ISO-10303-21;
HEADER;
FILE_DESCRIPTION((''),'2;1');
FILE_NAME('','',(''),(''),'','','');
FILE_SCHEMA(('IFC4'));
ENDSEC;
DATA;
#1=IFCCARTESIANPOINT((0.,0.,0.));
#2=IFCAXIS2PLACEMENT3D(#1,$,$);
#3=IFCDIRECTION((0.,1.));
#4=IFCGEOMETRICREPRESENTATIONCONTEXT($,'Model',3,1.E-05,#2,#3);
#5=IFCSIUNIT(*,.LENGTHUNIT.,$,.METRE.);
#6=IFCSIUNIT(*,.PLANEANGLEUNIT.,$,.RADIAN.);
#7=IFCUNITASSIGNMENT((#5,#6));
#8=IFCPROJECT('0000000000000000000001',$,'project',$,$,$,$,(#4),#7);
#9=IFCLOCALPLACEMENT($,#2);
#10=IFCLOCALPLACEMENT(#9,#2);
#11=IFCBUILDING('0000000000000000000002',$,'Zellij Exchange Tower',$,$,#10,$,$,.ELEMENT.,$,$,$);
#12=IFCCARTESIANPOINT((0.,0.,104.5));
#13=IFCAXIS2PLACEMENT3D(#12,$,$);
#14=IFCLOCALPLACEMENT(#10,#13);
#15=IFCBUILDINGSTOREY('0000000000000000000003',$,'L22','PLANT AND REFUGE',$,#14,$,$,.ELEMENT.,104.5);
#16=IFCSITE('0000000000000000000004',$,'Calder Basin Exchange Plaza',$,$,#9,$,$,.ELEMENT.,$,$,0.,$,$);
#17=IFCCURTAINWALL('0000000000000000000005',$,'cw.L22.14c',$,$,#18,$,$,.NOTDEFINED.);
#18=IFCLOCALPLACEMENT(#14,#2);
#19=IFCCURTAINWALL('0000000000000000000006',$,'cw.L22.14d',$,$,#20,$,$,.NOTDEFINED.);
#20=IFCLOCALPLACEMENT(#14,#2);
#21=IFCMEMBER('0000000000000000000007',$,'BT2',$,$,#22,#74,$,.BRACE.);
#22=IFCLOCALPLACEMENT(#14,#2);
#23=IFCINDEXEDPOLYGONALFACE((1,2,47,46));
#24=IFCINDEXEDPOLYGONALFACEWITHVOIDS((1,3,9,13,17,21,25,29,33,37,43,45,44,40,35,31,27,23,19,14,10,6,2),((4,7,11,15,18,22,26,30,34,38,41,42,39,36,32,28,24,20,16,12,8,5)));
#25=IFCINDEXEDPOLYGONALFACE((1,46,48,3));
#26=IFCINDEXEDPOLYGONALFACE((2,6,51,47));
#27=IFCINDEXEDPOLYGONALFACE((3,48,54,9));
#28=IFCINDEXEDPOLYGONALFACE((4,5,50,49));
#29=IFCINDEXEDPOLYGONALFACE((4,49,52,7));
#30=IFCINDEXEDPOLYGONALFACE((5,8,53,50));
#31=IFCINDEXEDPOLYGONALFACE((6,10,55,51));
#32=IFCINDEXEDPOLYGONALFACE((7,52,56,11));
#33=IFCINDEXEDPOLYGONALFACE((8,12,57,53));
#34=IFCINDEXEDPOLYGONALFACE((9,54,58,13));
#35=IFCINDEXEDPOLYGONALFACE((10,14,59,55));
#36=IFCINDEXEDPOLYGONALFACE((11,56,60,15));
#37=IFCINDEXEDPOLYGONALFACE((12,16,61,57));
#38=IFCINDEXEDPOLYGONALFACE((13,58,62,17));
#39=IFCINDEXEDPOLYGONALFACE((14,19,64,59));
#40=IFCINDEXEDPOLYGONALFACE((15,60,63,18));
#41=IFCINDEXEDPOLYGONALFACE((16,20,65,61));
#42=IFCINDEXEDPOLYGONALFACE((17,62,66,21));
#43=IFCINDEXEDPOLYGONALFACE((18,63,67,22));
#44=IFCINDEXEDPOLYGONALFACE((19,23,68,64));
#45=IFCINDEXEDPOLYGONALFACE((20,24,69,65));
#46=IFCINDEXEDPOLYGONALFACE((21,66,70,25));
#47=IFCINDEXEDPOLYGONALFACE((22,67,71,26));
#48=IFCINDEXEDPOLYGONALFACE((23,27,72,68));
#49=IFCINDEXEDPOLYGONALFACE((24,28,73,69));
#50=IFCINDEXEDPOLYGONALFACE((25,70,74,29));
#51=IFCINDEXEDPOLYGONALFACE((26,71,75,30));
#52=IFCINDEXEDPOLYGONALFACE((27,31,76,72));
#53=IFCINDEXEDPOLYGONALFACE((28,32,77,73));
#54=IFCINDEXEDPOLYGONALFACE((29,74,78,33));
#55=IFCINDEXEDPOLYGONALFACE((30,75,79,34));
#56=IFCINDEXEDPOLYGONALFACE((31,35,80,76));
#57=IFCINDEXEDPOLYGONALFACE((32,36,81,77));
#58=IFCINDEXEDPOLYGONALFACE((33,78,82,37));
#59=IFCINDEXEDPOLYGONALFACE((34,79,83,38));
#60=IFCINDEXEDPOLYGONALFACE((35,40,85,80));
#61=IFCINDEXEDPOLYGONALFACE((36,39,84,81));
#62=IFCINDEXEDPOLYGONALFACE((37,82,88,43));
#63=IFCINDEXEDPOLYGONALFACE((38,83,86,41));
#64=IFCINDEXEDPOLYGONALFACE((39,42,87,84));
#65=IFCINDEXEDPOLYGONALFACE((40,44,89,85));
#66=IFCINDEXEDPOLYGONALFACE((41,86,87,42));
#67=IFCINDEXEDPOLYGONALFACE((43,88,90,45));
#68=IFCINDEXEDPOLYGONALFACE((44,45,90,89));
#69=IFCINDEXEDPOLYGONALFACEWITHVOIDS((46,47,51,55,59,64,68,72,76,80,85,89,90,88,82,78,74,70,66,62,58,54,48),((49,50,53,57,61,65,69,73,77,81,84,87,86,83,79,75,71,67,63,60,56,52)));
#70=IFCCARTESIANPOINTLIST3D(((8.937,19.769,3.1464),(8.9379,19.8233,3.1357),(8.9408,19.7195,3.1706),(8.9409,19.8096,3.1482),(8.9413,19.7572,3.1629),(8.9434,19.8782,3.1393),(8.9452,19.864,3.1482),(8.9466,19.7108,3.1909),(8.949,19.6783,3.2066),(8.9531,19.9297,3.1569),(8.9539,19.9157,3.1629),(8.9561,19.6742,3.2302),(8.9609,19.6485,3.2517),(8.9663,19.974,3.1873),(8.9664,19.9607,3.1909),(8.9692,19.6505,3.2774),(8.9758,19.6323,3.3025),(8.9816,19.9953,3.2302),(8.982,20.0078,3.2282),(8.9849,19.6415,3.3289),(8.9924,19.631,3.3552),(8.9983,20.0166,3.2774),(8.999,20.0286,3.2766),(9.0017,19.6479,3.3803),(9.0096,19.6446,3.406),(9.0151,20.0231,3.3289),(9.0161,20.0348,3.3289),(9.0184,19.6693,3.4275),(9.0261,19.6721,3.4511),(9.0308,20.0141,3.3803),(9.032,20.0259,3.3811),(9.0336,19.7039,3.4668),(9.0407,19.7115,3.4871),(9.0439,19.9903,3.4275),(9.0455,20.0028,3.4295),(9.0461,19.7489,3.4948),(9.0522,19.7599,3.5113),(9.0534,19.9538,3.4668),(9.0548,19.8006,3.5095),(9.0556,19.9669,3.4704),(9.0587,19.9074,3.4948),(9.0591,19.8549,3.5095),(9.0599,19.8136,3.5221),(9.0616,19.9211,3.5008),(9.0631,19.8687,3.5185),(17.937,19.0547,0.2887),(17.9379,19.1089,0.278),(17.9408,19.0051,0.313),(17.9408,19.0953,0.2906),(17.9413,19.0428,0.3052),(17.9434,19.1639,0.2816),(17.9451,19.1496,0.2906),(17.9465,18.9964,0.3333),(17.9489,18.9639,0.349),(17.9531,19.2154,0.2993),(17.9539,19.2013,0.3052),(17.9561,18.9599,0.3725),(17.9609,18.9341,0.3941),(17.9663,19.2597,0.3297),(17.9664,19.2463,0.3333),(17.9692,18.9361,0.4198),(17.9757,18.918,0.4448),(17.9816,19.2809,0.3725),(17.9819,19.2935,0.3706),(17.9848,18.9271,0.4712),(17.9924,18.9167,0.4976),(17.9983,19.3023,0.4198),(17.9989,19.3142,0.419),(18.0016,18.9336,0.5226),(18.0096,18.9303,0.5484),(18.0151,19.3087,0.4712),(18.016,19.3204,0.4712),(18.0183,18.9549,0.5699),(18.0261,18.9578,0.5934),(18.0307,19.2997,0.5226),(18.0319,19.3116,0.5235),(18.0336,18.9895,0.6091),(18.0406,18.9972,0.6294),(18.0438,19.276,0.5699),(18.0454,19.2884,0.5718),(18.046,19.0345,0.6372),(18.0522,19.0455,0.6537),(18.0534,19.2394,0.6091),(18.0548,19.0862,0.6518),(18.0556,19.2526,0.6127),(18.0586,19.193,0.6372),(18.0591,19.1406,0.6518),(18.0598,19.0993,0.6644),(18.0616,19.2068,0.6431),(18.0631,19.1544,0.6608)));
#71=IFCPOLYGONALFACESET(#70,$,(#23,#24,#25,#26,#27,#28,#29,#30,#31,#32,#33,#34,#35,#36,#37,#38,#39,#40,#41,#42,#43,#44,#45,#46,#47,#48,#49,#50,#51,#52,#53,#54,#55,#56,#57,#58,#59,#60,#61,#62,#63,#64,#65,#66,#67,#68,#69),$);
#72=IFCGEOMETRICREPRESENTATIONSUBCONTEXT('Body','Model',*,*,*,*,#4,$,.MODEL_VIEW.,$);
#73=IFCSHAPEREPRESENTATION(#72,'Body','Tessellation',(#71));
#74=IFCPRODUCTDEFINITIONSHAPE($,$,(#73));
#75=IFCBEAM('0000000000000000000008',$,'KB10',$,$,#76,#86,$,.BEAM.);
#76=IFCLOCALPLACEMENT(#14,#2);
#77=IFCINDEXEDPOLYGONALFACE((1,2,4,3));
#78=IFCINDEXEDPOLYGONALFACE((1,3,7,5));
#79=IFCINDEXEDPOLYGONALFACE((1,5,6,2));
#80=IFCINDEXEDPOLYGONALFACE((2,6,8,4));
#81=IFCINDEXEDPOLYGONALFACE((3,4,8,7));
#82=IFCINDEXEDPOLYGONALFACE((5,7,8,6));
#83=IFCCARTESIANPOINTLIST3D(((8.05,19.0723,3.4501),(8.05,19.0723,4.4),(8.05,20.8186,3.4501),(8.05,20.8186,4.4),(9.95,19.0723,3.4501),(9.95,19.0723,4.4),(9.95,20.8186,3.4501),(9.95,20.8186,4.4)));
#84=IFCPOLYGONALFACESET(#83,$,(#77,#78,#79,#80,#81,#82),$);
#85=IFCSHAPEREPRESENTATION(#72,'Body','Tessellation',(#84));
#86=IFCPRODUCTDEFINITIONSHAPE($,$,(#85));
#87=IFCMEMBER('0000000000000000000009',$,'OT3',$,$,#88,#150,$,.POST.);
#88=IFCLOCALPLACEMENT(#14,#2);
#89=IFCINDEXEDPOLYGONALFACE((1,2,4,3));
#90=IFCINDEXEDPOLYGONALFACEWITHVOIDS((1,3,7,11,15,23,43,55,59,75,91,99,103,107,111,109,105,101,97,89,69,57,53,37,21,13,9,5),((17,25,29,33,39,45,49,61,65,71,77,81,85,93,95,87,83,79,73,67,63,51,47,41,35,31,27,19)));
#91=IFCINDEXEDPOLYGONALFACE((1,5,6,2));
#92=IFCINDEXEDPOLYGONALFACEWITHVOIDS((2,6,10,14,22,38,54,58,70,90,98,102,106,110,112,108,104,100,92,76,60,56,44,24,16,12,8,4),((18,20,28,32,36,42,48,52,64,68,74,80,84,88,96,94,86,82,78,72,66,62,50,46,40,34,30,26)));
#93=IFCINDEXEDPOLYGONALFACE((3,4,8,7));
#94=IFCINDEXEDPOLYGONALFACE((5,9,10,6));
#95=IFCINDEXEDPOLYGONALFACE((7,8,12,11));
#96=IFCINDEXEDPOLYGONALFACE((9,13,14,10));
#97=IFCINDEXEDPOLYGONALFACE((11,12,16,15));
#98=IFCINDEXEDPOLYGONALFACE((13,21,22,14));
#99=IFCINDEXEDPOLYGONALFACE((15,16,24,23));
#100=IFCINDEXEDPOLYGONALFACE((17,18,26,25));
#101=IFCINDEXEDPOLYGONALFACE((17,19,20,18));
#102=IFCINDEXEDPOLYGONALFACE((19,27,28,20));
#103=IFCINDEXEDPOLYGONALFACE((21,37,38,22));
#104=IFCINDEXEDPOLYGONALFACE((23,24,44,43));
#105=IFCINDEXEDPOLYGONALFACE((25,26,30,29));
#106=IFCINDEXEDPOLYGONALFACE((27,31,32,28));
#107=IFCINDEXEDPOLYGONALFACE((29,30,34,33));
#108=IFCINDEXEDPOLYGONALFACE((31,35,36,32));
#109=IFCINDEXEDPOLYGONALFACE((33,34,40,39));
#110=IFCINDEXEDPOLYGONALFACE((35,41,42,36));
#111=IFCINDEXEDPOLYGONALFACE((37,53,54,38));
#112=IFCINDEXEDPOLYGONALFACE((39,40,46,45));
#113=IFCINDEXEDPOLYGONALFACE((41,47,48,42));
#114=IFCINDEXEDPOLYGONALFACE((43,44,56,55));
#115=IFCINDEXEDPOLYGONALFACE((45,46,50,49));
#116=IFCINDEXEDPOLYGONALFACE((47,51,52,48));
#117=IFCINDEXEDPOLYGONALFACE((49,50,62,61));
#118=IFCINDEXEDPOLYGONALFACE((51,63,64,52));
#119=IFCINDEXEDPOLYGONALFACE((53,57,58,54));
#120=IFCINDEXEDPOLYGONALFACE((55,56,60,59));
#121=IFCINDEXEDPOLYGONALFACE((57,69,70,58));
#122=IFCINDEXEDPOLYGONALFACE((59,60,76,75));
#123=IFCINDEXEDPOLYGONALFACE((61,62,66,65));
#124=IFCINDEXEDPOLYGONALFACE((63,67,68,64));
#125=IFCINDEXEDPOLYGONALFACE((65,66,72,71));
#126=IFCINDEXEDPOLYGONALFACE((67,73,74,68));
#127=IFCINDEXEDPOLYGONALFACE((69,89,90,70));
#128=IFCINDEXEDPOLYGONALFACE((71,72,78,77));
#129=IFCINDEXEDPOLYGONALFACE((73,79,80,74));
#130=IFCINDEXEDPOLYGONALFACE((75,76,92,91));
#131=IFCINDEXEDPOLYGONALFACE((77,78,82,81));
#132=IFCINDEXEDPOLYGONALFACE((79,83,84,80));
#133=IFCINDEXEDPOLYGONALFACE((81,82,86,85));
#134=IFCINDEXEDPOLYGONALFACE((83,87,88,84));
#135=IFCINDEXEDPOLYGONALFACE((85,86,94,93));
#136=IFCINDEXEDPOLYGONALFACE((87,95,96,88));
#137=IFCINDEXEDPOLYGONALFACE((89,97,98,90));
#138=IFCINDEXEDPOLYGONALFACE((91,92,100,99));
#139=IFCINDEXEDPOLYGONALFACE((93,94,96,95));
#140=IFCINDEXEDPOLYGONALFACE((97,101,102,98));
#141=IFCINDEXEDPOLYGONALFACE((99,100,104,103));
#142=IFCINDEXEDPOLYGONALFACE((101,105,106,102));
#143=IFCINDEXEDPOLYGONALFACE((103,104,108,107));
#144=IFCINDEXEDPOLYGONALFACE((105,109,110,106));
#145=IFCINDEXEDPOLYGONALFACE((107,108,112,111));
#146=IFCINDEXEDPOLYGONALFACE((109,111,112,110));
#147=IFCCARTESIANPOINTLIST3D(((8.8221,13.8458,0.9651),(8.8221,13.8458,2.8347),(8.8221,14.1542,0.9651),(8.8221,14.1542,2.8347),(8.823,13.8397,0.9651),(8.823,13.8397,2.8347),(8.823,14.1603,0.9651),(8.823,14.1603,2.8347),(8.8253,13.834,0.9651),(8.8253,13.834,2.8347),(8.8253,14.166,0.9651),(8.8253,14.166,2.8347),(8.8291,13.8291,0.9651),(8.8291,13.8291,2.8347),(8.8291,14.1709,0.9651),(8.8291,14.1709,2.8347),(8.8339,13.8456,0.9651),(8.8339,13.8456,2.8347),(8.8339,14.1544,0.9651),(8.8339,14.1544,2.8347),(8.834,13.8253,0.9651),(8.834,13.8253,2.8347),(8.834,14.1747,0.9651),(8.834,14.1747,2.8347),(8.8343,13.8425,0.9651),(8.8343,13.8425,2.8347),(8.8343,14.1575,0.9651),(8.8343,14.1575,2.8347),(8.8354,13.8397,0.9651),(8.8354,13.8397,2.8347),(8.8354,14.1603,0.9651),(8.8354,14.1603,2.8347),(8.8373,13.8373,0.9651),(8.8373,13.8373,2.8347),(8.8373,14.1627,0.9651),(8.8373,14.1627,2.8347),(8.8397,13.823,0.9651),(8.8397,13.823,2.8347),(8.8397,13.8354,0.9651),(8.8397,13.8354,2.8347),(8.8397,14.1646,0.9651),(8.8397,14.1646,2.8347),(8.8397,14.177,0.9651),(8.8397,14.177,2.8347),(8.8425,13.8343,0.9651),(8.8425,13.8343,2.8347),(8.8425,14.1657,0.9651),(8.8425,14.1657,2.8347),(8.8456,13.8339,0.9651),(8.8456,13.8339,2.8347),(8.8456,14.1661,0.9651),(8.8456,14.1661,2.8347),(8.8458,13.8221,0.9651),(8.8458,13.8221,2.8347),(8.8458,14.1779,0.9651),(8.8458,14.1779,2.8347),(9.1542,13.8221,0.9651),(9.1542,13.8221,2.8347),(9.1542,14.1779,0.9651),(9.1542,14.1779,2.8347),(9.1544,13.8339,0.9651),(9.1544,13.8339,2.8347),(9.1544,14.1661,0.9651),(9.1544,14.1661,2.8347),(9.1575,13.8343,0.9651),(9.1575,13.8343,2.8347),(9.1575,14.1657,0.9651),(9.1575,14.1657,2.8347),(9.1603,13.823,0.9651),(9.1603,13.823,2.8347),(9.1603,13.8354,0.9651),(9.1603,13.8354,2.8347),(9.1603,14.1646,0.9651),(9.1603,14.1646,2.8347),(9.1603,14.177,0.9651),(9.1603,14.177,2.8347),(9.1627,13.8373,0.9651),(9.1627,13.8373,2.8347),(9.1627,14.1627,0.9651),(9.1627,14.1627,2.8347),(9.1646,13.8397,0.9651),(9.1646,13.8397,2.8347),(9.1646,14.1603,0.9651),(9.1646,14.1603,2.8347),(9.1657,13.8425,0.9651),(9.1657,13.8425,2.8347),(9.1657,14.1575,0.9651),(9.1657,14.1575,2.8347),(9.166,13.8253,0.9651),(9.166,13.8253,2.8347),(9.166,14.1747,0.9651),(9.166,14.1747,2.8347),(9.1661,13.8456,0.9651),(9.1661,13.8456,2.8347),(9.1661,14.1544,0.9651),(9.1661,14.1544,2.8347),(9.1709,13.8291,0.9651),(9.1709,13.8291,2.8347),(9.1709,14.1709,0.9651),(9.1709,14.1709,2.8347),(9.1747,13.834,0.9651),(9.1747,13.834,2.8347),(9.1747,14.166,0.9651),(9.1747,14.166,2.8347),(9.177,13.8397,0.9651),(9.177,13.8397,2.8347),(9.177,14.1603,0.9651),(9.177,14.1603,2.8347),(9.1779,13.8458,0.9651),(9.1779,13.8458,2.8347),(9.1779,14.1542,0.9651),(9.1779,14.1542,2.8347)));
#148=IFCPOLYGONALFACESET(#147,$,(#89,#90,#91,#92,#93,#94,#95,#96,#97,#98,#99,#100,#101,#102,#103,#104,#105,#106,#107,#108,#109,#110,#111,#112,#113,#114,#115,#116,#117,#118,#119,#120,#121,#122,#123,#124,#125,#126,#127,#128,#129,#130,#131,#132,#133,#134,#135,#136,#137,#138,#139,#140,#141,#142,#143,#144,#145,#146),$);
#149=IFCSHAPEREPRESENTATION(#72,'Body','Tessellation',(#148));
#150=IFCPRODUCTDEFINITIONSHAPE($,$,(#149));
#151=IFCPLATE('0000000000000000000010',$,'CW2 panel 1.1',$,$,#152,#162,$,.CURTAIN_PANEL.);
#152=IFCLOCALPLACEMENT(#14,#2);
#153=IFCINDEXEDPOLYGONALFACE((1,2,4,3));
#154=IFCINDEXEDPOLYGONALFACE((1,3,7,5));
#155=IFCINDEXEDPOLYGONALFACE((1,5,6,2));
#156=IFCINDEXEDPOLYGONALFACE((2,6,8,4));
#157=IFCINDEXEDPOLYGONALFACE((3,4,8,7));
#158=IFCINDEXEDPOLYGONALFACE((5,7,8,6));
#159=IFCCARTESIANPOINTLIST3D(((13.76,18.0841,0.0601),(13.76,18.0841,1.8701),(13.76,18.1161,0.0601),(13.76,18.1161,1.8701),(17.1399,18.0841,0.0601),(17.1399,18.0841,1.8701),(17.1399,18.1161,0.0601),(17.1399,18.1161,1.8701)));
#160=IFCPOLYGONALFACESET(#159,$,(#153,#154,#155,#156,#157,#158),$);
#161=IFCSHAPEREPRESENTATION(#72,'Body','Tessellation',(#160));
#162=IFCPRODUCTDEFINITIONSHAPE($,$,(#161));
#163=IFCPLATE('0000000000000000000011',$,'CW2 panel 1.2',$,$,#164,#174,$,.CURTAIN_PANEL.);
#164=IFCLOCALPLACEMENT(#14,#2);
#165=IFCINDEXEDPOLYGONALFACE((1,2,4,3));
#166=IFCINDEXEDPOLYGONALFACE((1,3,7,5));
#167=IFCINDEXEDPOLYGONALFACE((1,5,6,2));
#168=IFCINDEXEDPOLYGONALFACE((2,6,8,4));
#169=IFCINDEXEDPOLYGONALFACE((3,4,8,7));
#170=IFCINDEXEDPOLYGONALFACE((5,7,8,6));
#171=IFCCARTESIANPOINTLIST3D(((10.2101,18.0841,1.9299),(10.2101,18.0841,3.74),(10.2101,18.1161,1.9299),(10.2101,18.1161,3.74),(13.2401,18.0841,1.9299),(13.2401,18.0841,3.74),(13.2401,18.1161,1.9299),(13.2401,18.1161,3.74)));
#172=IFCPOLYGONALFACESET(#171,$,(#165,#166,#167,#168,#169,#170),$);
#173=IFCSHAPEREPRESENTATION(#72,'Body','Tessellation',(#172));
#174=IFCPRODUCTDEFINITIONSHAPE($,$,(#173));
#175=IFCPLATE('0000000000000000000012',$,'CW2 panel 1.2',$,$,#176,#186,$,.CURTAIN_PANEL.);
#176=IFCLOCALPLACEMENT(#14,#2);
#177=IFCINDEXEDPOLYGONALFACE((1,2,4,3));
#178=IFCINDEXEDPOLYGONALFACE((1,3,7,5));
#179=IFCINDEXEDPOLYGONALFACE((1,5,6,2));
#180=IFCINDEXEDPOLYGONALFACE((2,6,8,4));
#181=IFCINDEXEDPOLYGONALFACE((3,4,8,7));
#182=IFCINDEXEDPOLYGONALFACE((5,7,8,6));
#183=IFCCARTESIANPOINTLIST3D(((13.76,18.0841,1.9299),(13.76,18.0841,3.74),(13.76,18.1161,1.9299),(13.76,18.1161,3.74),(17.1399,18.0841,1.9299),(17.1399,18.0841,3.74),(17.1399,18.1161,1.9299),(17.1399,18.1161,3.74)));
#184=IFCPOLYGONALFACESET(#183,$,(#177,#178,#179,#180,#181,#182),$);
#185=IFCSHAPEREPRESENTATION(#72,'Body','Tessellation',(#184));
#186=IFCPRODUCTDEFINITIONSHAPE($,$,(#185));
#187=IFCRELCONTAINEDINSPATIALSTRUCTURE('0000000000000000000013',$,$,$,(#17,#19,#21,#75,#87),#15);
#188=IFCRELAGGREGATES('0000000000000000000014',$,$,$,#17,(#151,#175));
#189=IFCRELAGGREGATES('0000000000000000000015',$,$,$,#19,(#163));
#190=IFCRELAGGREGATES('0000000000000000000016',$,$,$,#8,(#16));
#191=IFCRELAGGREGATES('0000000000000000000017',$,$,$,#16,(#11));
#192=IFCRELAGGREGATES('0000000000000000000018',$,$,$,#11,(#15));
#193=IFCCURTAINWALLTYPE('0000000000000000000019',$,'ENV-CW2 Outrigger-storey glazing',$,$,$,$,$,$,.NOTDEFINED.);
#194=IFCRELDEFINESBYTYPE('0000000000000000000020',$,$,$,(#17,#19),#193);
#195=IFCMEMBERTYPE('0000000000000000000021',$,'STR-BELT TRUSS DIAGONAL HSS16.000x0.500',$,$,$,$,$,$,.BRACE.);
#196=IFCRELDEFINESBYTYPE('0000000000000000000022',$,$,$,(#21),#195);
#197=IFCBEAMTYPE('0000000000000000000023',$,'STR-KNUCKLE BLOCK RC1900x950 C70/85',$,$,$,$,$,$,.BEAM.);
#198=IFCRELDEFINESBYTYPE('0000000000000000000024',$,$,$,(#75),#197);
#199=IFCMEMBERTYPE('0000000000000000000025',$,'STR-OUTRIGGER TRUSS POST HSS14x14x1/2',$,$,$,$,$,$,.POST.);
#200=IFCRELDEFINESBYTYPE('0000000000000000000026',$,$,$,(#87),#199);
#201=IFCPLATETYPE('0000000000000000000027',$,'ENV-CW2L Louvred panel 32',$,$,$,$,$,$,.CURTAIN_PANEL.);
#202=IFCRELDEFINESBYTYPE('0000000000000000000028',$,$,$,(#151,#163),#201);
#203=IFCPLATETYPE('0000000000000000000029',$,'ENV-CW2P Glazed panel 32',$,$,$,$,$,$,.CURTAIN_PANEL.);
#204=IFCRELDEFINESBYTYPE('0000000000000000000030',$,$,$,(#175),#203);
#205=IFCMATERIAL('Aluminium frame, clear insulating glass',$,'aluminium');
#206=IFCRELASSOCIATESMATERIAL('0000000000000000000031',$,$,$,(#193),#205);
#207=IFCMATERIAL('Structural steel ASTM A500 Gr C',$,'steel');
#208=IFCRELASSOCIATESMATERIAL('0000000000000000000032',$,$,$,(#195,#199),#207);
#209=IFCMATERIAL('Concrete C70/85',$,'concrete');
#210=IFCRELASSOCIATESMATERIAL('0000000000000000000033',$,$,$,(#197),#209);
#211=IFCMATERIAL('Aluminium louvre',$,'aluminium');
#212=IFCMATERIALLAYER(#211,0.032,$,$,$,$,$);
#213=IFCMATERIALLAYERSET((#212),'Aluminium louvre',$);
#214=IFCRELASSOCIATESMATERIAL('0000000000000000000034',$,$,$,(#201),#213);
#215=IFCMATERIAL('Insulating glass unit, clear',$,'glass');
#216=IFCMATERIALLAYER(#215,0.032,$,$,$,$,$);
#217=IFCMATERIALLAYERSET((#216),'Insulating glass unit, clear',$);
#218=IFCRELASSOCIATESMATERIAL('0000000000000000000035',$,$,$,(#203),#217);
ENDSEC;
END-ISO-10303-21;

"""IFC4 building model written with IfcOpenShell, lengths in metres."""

from ifc_helpers import new_model, si_unit, direction, frame, origin, origin_2d, place, context, subcontext, project, spatial, rectangle, hollow_rectangle, hollow_circle, extrude, material, layer, layer_set, material_profile, profile_set, type_object, element, aggregate, save


model = new_model("IFC4")

# Units and contexts
model_context = context("Model", 3, precision=1e-05, world=origin(), true_north=direction((0.0, 1.0)))
body_context = subcontext(model_context, "Body", "Model", "MODEL_VIEW")
ifc_project = project(units=[si_unit("LENGTHUNIT", "METRE"), si_unit("PLANEANGLEUNIT", "RADIAN")], contexts=[model_context])

# Site, building, storey
site_placement = place(None, origin())
site = spatial("IfcSite", under=ifc_project, at=site_placement, Name="Calder Basin Exchange Plaza", CompositionType="ELEMENT", RefElevation=0.0)
building_placement = place(site_placement, origin())
building = spatial("IfcBuilding", under=site, at=building_placement, Name="Zellij Exchange Tower", CompositionType="ELEMENT")
storey_placement = place(building_placement, frame((0.0, 0.0, 104.5)))
storey = spatial("IfcBuildingStorey", under=building, at=storey_placement, Name="L22", Description="PLANT AND REFUGE", CompositionType="ELEMENT", Elevation=104.5)

# Shared definitions
ifc_material_1 = material(Name="Concrete C70/85", Category="concrete")

# Curtain walls
ifc_material_2 = material(Name="Aluminium frame, clear insulating glass", Category="aluminium")
curtain_wall_type = type_object("IfcCurtainWallType", Name="ENV-CW2 Outrigger-storey glazing", PredefinedType="NOTDEFINED", material=ifc_material_2)
curtain_wall_1_placement = place(storey_placement, origin())
curtain_wall_1 = element("IfcCurtainWall", 1, at=curtain_wall_1_placement, inside=storey, type_object=curtain_wall_type, Name="cw.L22.14c", PredefinedType="NOTDEFINED")
curtain_wall_2_placement = place(storey_placement, origin())
curtain_wall_2 = element("IfcCurtainWall", 2, at=curtain_wall_2_placement, inside=storey, type_object=curtain_wall_type, Name="cw.L22.14d", PredefinedType="NOTDEFINED")

# Member
ifc_material_3 = material(Name="Structural steel ASTM A500 Gr C", Category="steel")
ifc_material_profile_1 = material_profile(ifc_material_3, hollow_circle(Radius=0.2031, WallThickness=0.0117, at=origin_2d()), Name="STR-BELT TRUSS DIAGONAL HSS16.000x0.500")
ifc_profile_set_1 = profile_set([ifc_material_profile_1], Name="Structural steel ASTM A500 Gr C")
member_type_1 = type_object("IfcMemberType", Name="STR-BELT TRUSS DIAGONAL HSS16.000x0.500", PredefinedType="BRACE", material=ifc_profile_set_1)
member_1_placement = place(storey_placement, frame((9.0, 19.8323, 3.3289), z_axis=(0.950393, -0.075435, -0.301767), x_axis=(0.079124, 0.996865, 0.0)))
element("IfcMember", 3, at=member_1_placement, inside=storey, type_object=member_type_1, Name="BT2", PredefinedType="BRACE", context=body_context, shape_type="SweptSolid", body=[
    extrude(hollow_circle(Radius=0.2031, WallThickness=0.0117, at=origin_2d()), origin(), (0.0, 0.0, 1.0), 9.4697),
])

# Beam
ifc_material_profile_2 = material_profile(ifc_material_1, rectangle(XDim=1.8999, YDim=0.95, at=origin_2d()), Name="STR-KNUCKLE BLOCK RC1900x950 C70/85")
ifc_profile_set_2 = profile_set([ifc_material_profile_2], Name="Concrete C70/85")
beam_type = type_object("IfcBeamType", Name="STR-KNUCKLE BLOCK RC1900x950 C70/85", PredefinedType="BEAM", material=ifc_profile_set_2)
beam_placement = place(storey_placement, frame((9.0, 19.0723, 3.925), z_axis=(0.0, 1.0, 0.0), x_axis=(-1.0, 0.0, 0.0)))
element("IfcBeam", 4, at=beam_placement, inside=storey, type_object=beam_type, Name="KB10", PredefinedType="BEAM", context=body_context, shape_type="SweptSolid", body=[
    extrude(rectangle(XDim=1.8999, YDim=0.95, at=origin_2d()), origin(), (0.0, 0.0, 1.0), 1.7463),
])

# Member
ifc_material_profile_3 = material_profile(ifc_material_3, hollow_rectangle(XDim=0.3557, YDim=0.3557, WallThickness=0.0117, InnerFilletRadius=0.0117, OuterFilletRadius=0.0237, at=origin_2d()), Name="STR-OUTRIGGER TRUSS POST HSS14x14x1/2")
ifc_profile_set_3 = profile_set([ifc_material_profile_3], Name="Structural steel ASTM A500 Gr C")
member_type_2 = type_object("IfcMemberType", Name="STR-OUTRIGGER TRUSS POST HSS14x14x1/2", PredefinedType="POST", material=ifc_profile_set_3)
member_2_placement = place(storey_placement, frame((9.0, 14.0, 0.9651), z_axis=(0.0, 0.0, 1.0), x_axis=(1.0, 0.0, 0.0)))
element("IfcMember", 5, at=member_2_placement, inside=storey, type_object=member_type_2, Name="OT3", PredefinedType="POST", context=body_context, shape_type="SweptSolid", body=[
    extrude(hollow_rectangle(XDim=0.3557, YDim=0.3557, WallThickness=0.0117, InnerFilletRadius=0.0117, OuterFilletRadius=0.0237, at=origin_2d()), origin(), (0.0, 0.0, 1.0), 1.8696),
])

# Plates
ifc_material_4 = material(Name="Aluminium louvre", Category="aluminium")
ifc_layer_1 = layer(ifc_material_4, 0.032)
ifc_layer_set_1 = layer_set([ifc_layer_1], Name="Aluminium louvre")
plate_type_1 = type_object("IfcPlateType", Name="ENV-CW2L Louvred panel 32", PredefinedType="CURTAIN_PANEL", material=ifc_layer_set_1)
plate_1_placement = place(storey_placement, frame((15.45, 18.1001, 0.0601), z_axis=(0.0, 0.0, 1.0), x_axis=(-1.0, 0.0, 0.0)))
plate_1 = element("IfcPlate", 6, at=plate_1_placement, type_object=plate_type_1, Name="CW2 panel 1.1", PredefinedType="CURTAIN_PANEL", context=body_context, shape_type="SweptSolid", body=[
    extrude(rectangle(XDim=3.3799, YDim=0.032, at=origin_2d()), origin(), (0.0, 0.0, 1.0), 1.8101),
])
plate_2_placement = place(storey_placement, frame((11.7251, 18.1001, 1.9299), z_axis=(0.0, 0.0, 1.0), x_axis=(-1.0, 0.0, 0.0)))
plate_2 = element("IfcPlate", 7, at=plate_2_placement, type_object=plate_type_1, Name="CW2 panel 1.2", PredefinedType="CURTAIN_PANEL", context=body_context, shape_type="SweptSolid", body=[
    extrude(rectangle(XDim=3.03, YDim=0.032, at=origin_2d()), origin(), (0.0, 0.0, 1.0), 1.8101),
])
ifc_material_5 = material(Name="Insulating glass unit, clear", Category="glass")
ifc_layer_2 = layer(ifc_material_5, 0.032)
ifc_layer_set_2 = layer_set([ifc_layer_2], Name="Insulating glass unit, clear")
plate_type_2 = type_object("IfcPlateType", Name="ENV-CW2P Glazed panel 32", PredefinedType="CURTAIN_PANEL", material=ifc_layer_set_2)
plate_3_placement = place(storey_placement, frame((15.45, 18.1001, 1.9299), z_axis=(0.0, 0.0, 1.0), x_axis=(-1.0, 0.0, 0.0)))
plate_3 = element("IfcPlate", 8, at=plate_3_placement, type_object=plate_type_2, Name="CW2 panel 1.2", PredefinedType="CURTAIN_PANEL", context=body_context, shape_type="SweptSolid", body=[
    extrude(rectangle(XDim=3.3799, YDim=0.032, at=origin_2d()), origin(), (0.0, 0.0, 1.0), 1.8101),
])
aggregate(curtain_wall_1, [plate_1, plate_3])
aggregate(curtain_wall_2, [plate_2])

save(model, "model.ifc")
